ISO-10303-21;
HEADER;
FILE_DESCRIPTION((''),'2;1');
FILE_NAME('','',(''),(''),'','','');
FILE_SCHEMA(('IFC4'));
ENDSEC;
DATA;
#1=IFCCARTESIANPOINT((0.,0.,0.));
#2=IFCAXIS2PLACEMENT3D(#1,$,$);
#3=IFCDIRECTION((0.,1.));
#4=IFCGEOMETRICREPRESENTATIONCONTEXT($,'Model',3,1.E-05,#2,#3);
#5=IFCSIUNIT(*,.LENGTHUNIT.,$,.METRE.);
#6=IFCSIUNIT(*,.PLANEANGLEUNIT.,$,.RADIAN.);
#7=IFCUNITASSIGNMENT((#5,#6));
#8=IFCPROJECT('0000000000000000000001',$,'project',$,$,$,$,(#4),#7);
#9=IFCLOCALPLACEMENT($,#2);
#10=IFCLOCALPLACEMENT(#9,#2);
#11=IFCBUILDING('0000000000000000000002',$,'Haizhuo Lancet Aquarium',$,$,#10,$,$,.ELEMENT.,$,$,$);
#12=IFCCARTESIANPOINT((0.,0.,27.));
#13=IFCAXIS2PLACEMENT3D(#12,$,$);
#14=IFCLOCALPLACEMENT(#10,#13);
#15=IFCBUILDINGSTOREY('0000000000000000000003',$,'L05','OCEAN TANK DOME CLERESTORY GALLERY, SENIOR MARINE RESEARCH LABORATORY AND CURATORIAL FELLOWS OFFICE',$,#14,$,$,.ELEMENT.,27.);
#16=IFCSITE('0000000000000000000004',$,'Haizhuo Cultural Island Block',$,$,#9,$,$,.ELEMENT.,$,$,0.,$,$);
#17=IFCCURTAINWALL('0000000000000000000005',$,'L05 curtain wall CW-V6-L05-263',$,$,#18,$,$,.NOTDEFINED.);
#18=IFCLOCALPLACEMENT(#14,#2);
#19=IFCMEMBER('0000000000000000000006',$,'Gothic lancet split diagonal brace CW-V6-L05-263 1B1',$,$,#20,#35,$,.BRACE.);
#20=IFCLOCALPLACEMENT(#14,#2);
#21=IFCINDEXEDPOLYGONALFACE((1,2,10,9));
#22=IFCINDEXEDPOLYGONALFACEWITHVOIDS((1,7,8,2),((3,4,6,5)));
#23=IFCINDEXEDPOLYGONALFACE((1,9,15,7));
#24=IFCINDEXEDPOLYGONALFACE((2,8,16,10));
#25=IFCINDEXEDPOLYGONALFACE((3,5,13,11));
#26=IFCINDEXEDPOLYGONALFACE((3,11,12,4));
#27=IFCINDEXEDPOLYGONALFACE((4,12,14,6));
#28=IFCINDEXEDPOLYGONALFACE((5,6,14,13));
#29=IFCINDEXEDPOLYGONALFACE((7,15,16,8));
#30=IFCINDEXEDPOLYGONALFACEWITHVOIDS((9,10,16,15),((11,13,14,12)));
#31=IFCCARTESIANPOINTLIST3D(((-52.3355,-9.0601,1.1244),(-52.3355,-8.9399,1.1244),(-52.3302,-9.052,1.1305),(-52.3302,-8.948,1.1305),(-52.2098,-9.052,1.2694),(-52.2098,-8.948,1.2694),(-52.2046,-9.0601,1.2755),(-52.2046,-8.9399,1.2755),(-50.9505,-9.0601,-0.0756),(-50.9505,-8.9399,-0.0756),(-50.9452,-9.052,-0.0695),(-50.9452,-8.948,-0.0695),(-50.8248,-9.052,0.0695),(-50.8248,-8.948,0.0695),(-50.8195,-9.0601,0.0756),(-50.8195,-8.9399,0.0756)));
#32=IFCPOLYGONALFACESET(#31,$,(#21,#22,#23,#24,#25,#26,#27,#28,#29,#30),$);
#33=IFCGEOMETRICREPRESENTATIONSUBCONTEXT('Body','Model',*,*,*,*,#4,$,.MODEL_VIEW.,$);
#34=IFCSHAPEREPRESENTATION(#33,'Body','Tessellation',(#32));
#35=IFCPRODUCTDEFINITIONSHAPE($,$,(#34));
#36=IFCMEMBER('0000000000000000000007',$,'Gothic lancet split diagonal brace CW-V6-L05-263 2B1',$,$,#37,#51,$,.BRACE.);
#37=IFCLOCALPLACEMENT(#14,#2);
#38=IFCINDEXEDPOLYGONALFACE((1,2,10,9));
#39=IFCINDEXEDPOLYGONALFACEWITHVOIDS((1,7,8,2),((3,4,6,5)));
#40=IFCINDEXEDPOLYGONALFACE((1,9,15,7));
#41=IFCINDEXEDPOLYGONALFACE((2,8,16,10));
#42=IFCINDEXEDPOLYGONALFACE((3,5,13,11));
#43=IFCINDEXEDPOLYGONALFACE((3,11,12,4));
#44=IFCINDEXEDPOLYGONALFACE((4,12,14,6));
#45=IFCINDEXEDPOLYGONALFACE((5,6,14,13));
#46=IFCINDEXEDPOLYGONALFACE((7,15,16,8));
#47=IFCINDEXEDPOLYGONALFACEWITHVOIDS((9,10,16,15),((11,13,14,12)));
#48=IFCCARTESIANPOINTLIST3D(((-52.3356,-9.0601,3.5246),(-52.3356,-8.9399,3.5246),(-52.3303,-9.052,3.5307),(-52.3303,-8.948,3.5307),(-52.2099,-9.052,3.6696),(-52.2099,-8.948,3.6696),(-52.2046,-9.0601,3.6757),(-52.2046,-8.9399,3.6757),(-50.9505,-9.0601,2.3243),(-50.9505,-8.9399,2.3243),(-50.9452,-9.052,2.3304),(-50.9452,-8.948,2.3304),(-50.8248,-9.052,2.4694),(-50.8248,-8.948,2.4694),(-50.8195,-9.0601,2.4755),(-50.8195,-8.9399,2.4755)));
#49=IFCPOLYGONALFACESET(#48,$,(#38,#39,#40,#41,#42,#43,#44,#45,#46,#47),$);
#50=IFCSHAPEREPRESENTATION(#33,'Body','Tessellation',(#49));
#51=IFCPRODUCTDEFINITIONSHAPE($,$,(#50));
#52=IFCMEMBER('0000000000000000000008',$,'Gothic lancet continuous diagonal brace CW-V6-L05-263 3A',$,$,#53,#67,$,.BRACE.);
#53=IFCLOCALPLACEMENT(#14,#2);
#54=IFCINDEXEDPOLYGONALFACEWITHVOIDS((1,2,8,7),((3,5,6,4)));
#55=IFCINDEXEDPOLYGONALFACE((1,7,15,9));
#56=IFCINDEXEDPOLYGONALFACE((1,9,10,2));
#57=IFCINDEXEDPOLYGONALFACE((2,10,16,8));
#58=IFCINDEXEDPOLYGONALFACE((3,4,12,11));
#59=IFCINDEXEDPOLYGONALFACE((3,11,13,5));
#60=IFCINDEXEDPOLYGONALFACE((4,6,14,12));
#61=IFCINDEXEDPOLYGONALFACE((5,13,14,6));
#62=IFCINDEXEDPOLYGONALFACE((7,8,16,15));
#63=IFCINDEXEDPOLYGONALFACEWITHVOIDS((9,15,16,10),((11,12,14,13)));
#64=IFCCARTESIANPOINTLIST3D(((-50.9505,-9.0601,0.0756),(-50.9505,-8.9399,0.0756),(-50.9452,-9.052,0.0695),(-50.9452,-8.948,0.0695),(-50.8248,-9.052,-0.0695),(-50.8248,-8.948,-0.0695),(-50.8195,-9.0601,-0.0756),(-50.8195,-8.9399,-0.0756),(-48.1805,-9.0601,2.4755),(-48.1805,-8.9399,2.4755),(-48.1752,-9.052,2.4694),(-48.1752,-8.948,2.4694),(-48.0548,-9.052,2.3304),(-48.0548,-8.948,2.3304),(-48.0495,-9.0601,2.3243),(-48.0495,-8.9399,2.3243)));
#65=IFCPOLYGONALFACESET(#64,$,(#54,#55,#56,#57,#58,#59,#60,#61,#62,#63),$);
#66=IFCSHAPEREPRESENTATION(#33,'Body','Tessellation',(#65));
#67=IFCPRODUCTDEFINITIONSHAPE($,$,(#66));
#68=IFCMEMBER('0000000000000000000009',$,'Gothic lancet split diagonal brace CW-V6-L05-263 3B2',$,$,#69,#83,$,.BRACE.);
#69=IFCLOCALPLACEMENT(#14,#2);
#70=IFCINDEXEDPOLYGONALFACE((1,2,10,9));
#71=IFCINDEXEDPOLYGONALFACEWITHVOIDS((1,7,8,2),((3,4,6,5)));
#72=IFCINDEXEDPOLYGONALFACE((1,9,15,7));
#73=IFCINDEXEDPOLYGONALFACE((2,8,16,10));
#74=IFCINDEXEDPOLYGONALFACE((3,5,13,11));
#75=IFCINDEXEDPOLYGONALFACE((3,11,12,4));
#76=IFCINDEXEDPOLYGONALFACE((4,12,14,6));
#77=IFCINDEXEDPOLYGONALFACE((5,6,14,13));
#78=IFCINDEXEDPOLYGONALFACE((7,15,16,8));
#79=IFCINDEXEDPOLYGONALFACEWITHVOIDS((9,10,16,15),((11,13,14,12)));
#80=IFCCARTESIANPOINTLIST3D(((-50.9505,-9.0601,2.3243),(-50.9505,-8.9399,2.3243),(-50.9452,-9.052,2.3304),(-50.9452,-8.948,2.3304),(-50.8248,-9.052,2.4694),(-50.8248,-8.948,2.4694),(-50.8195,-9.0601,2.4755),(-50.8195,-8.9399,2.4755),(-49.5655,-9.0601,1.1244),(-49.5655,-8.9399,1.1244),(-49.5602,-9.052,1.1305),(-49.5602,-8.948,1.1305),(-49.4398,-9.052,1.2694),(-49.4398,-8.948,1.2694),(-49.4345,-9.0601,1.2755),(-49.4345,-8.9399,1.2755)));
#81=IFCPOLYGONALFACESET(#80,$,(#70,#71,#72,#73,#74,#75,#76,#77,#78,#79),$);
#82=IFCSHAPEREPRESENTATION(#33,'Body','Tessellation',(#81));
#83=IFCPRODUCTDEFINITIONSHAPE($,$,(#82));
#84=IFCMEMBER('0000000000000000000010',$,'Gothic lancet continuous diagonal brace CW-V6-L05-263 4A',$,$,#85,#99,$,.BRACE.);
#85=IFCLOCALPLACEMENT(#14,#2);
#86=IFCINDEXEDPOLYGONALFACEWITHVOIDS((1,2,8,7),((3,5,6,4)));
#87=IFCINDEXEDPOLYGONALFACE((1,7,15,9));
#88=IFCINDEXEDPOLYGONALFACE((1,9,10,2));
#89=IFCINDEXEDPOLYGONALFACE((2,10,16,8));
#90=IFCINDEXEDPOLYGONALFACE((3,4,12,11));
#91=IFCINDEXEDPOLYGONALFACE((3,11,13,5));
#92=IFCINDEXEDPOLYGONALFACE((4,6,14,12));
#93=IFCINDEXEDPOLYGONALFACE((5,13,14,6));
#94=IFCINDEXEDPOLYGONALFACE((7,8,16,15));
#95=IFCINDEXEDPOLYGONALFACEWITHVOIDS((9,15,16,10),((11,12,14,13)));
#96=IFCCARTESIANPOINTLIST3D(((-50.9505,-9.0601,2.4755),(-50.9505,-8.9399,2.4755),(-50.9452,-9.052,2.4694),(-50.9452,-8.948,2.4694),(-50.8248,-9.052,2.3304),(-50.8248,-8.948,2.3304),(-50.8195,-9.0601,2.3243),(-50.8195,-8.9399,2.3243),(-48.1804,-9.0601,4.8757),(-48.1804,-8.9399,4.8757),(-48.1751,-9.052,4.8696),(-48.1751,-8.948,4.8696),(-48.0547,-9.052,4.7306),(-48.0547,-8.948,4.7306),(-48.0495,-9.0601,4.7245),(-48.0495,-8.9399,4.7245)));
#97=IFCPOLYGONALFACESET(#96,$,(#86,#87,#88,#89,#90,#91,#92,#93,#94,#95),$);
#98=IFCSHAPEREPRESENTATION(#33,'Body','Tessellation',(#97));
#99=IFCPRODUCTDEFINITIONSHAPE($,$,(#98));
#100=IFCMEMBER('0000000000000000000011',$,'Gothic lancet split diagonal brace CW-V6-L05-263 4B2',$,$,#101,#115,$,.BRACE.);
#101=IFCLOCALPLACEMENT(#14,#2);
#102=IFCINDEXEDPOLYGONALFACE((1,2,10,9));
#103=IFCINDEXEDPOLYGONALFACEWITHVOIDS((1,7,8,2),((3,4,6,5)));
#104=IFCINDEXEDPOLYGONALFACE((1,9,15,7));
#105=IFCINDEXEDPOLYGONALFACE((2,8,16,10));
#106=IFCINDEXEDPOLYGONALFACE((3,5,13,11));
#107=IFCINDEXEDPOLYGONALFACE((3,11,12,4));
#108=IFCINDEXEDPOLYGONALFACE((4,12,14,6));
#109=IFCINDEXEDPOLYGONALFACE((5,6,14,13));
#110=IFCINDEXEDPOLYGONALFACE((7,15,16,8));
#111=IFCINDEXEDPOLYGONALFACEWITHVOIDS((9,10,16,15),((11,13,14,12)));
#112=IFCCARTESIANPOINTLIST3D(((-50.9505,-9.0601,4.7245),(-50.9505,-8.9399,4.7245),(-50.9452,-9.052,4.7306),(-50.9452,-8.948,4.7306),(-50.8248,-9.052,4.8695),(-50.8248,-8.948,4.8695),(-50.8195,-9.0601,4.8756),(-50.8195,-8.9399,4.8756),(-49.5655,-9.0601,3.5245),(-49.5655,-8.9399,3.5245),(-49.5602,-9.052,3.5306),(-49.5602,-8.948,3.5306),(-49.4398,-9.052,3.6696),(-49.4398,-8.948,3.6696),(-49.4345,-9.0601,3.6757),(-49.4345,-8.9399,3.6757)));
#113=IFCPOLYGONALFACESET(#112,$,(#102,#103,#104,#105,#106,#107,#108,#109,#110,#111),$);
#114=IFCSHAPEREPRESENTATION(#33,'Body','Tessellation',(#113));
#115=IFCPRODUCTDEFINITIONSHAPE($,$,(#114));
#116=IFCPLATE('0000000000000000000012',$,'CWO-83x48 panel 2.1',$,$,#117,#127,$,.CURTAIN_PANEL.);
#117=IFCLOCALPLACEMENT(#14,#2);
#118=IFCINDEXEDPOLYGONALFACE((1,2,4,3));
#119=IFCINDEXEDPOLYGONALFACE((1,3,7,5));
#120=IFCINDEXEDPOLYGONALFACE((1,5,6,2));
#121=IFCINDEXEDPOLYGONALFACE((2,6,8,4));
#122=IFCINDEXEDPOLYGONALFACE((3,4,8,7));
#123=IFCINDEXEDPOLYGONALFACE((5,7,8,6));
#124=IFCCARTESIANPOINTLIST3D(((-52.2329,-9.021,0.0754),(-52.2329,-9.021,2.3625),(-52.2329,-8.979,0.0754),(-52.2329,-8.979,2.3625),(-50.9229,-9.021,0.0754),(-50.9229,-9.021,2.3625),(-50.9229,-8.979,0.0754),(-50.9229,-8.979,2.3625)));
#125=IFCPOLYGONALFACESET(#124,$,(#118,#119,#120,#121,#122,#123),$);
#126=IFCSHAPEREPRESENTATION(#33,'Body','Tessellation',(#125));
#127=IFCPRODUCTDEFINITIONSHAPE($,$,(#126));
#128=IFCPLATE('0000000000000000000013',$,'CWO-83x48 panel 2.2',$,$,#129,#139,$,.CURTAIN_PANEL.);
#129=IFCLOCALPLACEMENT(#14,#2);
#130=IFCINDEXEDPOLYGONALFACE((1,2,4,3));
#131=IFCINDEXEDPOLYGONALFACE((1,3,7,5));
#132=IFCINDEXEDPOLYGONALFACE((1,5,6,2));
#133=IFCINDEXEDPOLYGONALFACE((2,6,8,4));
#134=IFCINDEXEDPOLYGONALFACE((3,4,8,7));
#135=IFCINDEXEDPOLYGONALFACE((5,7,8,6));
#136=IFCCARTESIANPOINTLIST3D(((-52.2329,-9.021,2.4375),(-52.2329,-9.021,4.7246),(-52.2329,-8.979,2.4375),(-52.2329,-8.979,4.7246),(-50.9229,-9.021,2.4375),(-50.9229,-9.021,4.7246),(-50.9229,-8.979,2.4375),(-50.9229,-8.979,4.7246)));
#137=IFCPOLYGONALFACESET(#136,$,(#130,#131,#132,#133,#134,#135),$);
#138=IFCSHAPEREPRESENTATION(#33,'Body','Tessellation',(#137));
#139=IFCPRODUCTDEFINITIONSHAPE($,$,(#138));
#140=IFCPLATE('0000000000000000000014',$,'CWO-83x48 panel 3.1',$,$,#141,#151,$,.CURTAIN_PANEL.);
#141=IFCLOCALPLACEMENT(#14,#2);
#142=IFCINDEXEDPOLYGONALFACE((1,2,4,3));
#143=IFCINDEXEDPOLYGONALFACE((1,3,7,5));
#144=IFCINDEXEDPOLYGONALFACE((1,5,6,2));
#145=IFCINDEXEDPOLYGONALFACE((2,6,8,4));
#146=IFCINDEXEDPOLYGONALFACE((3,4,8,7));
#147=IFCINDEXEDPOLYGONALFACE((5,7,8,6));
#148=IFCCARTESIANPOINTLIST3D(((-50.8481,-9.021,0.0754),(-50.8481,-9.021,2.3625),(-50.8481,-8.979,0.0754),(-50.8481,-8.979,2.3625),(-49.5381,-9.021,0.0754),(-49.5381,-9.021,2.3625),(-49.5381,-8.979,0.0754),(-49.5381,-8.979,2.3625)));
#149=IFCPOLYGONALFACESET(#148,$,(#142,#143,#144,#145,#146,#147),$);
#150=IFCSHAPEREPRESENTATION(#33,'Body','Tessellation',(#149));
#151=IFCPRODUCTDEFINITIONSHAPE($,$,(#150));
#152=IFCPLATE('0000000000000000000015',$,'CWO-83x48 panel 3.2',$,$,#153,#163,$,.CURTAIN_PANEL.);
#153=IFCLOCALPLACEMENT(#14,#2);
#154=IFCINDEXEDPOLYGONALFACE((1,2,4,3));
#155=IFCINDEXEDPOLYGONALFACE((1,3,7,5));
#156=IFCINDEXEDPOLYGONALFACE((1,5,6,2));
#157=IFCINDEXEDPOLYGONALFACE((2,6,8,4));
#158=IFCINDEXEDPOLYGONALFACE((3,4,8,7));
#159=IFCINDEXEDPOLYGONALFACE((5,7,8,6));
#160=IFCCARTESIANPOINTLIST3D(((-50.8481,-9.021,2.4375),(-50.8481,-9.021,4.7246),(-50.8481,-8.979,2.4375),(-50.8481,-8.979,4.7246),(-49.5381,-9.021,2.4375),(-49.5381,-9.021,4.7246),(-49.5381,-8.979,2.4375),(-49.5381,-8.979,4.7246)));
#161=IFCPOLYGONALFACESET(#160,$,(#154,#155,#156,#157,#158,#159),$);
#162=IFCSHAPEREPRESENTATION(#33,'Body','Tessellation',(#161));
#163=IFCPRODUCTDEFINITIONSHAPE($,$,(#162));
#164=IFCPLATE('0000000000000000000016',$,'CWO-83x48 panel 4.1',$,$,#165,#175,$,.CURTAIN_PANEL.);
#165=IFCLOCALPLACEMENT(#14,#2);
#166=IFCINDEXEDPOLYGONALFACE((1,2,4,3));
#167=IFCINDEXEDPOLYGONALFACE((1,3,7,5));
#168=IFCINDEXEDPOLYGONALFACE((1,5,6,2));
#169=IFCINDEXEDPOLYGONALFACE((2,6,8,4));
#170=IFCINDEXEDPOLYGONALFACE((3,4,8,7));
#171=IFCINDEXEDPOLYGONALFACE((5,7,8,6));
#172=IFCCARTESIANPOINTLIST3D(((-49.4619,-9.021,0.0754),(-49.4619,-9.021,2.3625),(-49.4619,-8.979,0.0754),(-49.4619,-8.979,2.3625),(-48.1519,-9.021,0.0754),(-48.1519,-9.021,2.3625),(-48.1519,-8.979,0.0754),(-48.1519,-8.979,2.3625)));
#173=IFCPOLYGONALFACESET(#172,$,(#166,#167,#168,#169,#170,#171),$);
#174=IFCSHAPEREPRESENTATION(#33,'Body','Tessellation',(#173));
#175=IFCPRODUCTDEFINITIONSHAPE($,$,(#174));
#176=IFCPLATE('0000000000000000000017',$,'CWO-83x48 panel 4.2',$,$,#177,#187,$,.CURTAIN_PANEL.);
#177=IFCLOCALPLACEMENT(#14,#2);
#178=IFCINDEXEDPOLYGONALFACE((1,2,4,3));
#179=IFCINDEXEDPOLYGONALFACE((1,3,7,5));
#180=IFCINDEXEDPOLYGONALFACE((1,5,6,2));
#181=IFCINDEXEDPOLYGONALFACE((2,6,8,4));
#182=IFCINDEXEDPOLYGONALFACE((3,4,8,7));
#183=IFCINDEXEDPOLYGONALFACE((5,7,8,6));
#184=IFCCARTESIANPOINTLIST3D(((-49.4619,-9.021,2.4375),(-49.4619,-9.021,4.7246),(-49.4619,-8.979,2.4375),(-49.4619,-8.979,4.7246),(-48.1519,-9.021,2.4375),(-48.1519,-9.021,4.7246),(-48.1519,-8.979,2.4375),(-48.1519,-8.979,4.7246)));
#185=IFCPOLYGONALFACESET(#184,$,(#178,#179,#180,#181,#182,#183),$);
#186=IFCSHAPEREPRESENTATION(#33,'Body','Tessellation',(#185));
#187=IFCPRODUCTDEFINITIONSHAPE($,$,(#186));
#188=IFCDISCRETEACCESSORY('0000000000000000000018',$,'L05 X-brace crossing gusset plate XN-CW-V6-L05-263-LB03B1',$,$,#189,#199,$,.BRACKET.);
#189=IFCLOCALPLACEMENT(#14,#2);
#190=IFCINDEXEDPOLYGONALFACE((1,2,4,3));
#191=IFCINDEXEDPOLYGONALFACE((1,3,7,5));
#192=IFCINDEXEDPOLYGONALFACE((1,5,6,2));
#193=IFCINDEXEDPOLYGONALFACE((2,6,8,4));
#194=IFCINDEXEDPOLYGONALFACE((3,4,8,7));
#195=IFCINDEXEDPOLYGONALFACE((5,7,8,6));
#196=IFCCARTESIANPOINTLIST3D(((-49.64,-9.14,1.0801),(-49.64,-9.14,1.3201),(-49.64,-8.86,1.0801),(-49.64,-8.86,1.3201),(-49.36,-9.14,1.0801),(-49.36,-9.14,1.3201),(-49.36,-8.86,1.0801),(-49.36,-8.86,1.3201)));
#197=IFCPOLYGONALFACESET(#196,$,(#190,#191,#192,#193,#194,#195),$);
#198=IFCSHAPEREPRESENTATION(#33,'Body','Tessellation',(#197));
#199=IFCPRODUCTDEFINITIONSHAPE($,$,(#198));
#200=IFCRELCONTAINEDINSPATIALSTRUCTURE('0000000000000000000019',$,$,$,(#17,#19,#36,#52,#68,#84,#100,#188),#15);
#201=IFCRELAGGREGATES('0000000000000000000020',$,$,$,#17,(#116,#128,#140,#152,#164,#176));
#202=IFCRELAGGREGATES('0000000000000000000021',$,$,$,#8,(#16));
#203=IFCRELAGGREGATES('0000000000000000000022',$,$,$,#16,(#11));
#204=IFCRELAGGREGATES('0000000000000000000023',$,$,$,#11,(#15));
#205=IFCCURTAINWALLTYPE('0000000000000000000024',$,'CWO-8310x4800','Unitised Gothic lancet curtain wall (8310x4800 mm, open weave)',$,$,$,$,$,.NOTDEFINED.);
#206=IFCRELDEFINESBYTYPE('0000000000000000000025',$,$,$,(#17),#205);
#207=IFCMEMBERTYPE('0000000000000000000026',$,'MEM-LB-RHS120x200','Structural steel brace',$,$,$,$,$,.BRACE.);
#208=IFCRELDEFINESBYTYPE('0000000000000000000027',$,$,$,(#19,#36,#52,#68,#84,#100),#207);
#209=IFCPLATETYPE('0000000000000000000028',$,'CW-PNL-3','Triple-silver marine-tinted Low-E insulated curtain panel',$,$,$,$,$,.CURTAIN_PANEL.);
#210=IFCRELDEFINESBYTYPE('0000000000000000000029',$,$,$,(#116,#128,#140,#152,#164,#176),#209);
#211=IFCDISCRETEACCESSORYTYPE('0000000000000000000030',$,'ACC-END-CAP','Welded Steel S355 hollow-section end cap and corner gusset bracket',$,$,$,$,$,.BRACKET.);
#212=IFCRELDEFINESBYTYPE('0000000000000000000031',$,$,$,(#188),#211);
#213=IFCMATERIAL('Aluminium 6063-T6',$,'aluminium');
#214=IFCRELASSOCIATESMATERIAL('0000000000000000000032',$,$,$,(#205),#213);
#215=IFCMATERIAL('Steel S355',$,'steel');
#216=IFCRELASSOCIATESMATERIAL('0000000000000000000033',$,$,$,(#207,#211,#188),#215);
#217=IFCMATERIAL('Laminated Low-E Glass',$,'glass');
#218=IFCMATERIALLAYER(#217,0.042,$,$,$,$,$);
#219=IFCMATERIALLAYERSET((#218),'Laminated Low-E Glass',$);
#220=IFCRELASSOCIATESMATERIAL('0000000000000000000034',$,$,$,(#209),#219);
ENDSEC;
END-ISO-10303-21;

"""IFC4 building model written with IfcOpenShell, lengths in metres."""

from ifc_helpers import new_model, si_unit, direction, frame, origin, origin_2d, place, context, subcontext, project, spatial, rectangle, hollow_rectangle, extrude, material, layer, layer_set, material_profile, profile_set, type_object, element, aggregate, save


model = new_model("IFC4")

# Units and contexts
model_context = context("Model", 3, precision=1e-05, world=origin(), true_north=direction((0.0, 1.0)))
body_context = subcontext(model_context, "Body", "Model", "MODEL_VIEW")
ifc_project = project(units=[si_unit("LENGTHUNIT", "METRE"), si_unit("PLANEANGLEUNIT", "RADIAN")], contexts=[model_context])

# Site, building, storey
site_placement = place(None, origin())
site = spatial("IfcSite", under=ifc_project, at=site_placement, Name="Haizhuo Cultural Island Block", CompositionType="ELEMENT", RefElevation=0.0)
building_placement = place(site_placement, origin())
building = spatial("IfcBuilding", under=site, at=building_placement, Name="Haizhuo Lancet Aquarium", CompositionType="ELEMENT")
storey_placement = place(building_placement, frame((0.0, 0.0, 27.0)))
storey = spatial("IfcBuildingStorey", under=building, at=storey_placement, Name="L05", Description="OCEAN TANK DOME CLERESTORY GALLERY, SENIOR MARINE RESEARCH LABORATORY AND CURATORIAL FELLOWS OFFICE", CompositionType="ELEMENT", Elevation=27.0)

# Curtain wall
ifc_material_1 = material(Name="Aluminium 6063-T6", Category="aluminium")
curtain_wall_type = type_object("IfcCurtainWallType", Name="CWO-8310x4800", Description="Unitised Gothic lancet curtain wall (8310x4800 mm, open weave)", PredefinedType="NOTDEFINED", material=ifc_material_1)
curtain_wall_placement = place(storey_placement, origin())
curtain_wall = element("IfcCurtainWall", 1, at=curtain_wall_placement, inside=storey, type_object=curtain_wall_type, Name="L05 curtain wall CW-V6-L05-263", PredefinedType="NOTDEFINED")

# Members
ifc_material_2 = material(Name="Steel S355", Category="steel")
ifc_material_profile_1 = material_profile(ifc_material_2, hollow_rectangle(XDim=0.1201, YDim=0.2, WallThickness=0.0081, at=origin_2d()), Name="RHS 120x200x8")
ifc_profile_set_1 = profile_set([ifc_material_profile_1], Name="Steel S355")
member_type_1 = type_object("IfcMemberType", Name="MEM-LB-RHS120x200", Description="Structural steel brace", PredefinedType="BRACE", material=ifc_profile_set_1)
member_1_placement = place(storey_placement, frame((-50.885, -9.0, 0.0), z_axis=(-0.755795, 0.0, 0.654809), x_axis=(0.0, -1.0, 0.0)))
element("IfcMember", 2, at=member_1_placement, inside=storey, type_object=member_type_1, Name="Gothic lancet split diagonal brace CW-V6-L05-263 1B1", PredefinedType="BRACE", context=body_context, shape_type="SweptSolid", body=[
    extrude(hollow_rectangle(XDim=0.1201, YDim=0.2, WallThickness=0.0081, at=origin_2d()), origin(), (0.0, 0.0, 1.0), 1.8325),
])
member_2_placement = place(storey_placement, frame((-50.885, -9.0, 2.3999), z_axis=(-0.755729, 0.0, 0.654885), x_axis=(0.0, -1.0, 0.0)))
element("IfcMember", 3, at=member_2_placement, inside=storey, type_object=member_type_1, Name="Gothic lancet split diagonal brace CW-V6-L05-263 2B1", PredefinedType="BRACE", context=body_context, shape_type="SweptSolid", body=[
    extrude(hollow_rectangle(XDim=0.1201, YDim=0.2, WallThickness=0.0081, at=origin_2d()), origin(), (0.0, 0.0, 1.0), 1.8328),
])
member_3_placement = place(storey_placement, frame((-50.885, -9.0, 0.0), z_axis=(0.755795, 0.0, 0.654809), x_axis=(0.0, 1.0, 0.0)))
element("IfcMember", 4, at=member_3_placement, inside=storey, type_object=member_type_1, Name="Gothic lancet continuous diagonal brace CW-V6-L05-263 3A", PredefinedType="BRACE", context=body_context, shape_type="SweptSolid", body=[
    extrude(hollow_rectangle(XDim=0.1201, YDim=0.2, WallThickness=0.0081, at=origin_2d()), origin(), (0.0, 0.0, 1.0), 3.665),
])
member_4_placement = place(storey_placement, frame((-49.5, -9.0, 1.2), z_axis=(-0.755795, 0.0, 0.654809), x_axis=(0.0, -1.0, 0.0)))
element("IfcMember", 5, at=member_4_placement, inside=storey, type_object=member_type_1, Name="Gothic lancet split diagonal brace CW-V6-L05-263 3B2", PredefinedType="BRACE", context=body_context, shape_type="SweptSolid", body=[
    extrude(hollow_rectangle(XDim=0.1201, YDim=0.2, WallThickness=0.0081, at=origin_2d()), origin(), (0.0, 0.0, 1.0), 1.8325),
])
member_5_placement = place(storey_placement, frame((-50.885, -9.0, 2.3999), z_axis=(0.755762, 0.0, 0.654847), x_axis=(0.0, 1.0, 0.0)))
element("IfcMember", 6, at=member_5_placement, inside=storey, type_object=member_type_1, Name="Gothic lancet continuous diagonal brace CW-V6-L05-263 4A", PredefinedType="BRACE", context=body_context, shape_type="SweptSolid", body=[
    extrude(hollow_rectangle(XDim=0.1201, YDim=0.2, WallThickness=0.0081, at=origin_2d()), origin(), (0.0, 0.0, 1.0), 3.6653),
])
member_6_placement = place(storey_placement, frame((-49.5, -9.0, 3.6001), z_axis=(-0.755795, 0.0, 0.654809), x_axis=(0.0, -1.0, 0.0)))
element("IfcMember", 7, at=member_6_placement, inside=storey, type_object=member_type_1, Name="Gothic lancet split diagonal brace CW-V6-L05-263 4B2", PredefinedType="BRACE", context=body_context, shape_type="SweptSolid", body=[
    extrude(hollow_rectangle(XDim=0.1201, YDim=0.2, WallThickness=0.0081, at=origin_2d()), origin(), (0.0, 0.0, 1.0), 1.8325),
])

# Plates
ifc_material_3 = material(Name="Laminated Low-E Glass", Category="glass")
ifc_layer = layer(ifc_material_3, 0.042)
ifc_layer_set = layer_set([ifc_layer], Name="Laminated Low-E Glass")
plate_type = type_object("IfcPlateType", Name="CW-PNL-3", Description="Triple-silver marine-tinted Low-E insulated curtain panel", PredefinedType="CURTAIN_PANEL", material=ifc_layer_set)
plate_1_placement = place(storey_placement, frame((-51.5779, -9.0, 0.0754), z_axis=(0.0, 0.0, 1.0), x_axis=(1.0, 0.0, 0.0)))
plate_1 = element("IfcPlate", 8, at=plate_1_placement, type_object=plate_type, Name="CWO-83x48 panel 2.1", PredefinedType="CURTAIN_PANEL", context=body_context, shape_type="SweptSolid", body=[
    extrude(rectangle(XDim=1.3101, YDim=0.042, at=origin_2d()), origin(), (0.0, 0.0, 1.0), 2.2871),
])
plate_2_placement = place(storey_placement, frame((-51.5779, -9.0, 2.4375), z_axis=(0.0, 0.0, 1.0), x_axis=(1.0, 0.0, 0.0)))
plate_2 = element("IfcPlate", 9, at=plate_2_placement, type_object=plate_type, Name="CWO-83x48 panel 2.2", PredefinedType="CURTAIN_PANEL", context=body_context, shape_type="SweptSolid", body=[
    extrude(rectangle(XDim=1.3101, YDim=0.042, at=origin_2d()), origin(), (0.0, 0.0, 1.0), 2.2871),
])
plate_3_placement = place(storey_placement, frame((-50.1931, -9.0, 0.0754), z_axis=(0.0, 0.0, 1.0), x_axis=(1.0, 0.0, 0.0)))
plate_3 = element("IfcPlate", 10, at=plate_3_placement, type_object=plate_type, Name="CWO-83x48 panel 3.1", PredefinedType="CURTAIN_PANEL", context=body_context, shape_type="SweptSolid", body=[
    extrude(rectangle(XDim=1.3101, YDim=0.042, at=origin_2d()), origin(), (0.0, 0.0, 1.0), 2.2871),
])
plate_4_placement = place(storey_placement, frame((-50.1931, -9.0, 2.4375), z_axis=(0.0, 0.0, 1.0), x_axis=(1.0, 0.0, 0.0)))
plate_4 = element("IfcPlate", 11, at=plate_4_placement, type_object=plate_type, Name="CWO-83x48 panel 3.2", PredefinedType="CURTAIN_PANEL", context=body_context, shape_type="SweptSolid", body=[
    extrude(rectangle(XDim=1.3101, YDim=0.042, at=origin_2d()), origin(), (0.0, 0.0, 1.0), 2.2871),
])
plate_5_placement = place(storey_placement, frame((-48.8069, -9.0, 0.0754), z_axis=(0.0, 0.0, 1.0), x_axis=(1.0, 0.0, 0.0)))
plate_5 = element("IfcPlate", 12, at=plate_5_placement, type_object=plate_type, Name="CWO-83x48 panel 4.1", PredefinedType="CURTAIN_PANEL", context=body_context, shape_type="SweptSolid", body=[
    extrude(rectangle(XDim=1.3101, YDim=0.042, at=origin_2d()), origin(), (0.0, 0.0, 1.0), 2.2871),
])
plate_6_placement = place(storey_placement, frame((-48.8069, -9.0, 2.4375), z_axis=(0.0, 0.0, 1.0), x_axis=(1.0, 0.0, 0.0)))
plate_6 = element("IfcPlate", 13, at=plate_6_placement, type_object=plate_type, Name="CWO-83x48 panel 4.2", PredefinedType="CURTAIN_PANEL", context=body_context, shape_type="SweptSolid", body=[
    extrude(rectangle(XDim=1.3101, YDim=0.042, at=origin_2d()), origin(), (0.0, 0.0, 1.0), 2.2871),
])
aggregate(curtain_wall, [plate_1, plate_2, plate_3, plate_4, plate_5, plate_6])

# Discrete accessory
discrete_accessory_type = type_object("IfcDiscreteAccessoryType", Name="ACC-END-CAP", Description="Welded Steel S355 hollow-section end cap and corner gusset bracket", PredefinedType="BRACKET", material=ifc_material_2)
for number, where, z_axis, x_axis, name in (
    (14, (-49.5, -9.0, 1.0801), (0.0, 0.0, 1.0), (1.0, 0.0, 0.0), "L05 X-brace crossing gusset plate XN-CW-V6-L05-263-LB03B1"),
):
    element("IfcDiscreteAccessory", number, at=place(storey_placement, frame(where, z_axis=z_axis, x_axis=x_axis)), inside=storey, type_object=discrete_accessory_type, material=ifc_material_2, Name=name, PredefinedType="BRACKET", context=body_context, shape_type="SweptSolid", body=[
        extrude(rectangle(XDim=0.28, YDim=0.28, at=origin_2d()), origin(), (0.0, 0.0, 1.0), 0.24),
    ])

save(model, "model.ifc")
